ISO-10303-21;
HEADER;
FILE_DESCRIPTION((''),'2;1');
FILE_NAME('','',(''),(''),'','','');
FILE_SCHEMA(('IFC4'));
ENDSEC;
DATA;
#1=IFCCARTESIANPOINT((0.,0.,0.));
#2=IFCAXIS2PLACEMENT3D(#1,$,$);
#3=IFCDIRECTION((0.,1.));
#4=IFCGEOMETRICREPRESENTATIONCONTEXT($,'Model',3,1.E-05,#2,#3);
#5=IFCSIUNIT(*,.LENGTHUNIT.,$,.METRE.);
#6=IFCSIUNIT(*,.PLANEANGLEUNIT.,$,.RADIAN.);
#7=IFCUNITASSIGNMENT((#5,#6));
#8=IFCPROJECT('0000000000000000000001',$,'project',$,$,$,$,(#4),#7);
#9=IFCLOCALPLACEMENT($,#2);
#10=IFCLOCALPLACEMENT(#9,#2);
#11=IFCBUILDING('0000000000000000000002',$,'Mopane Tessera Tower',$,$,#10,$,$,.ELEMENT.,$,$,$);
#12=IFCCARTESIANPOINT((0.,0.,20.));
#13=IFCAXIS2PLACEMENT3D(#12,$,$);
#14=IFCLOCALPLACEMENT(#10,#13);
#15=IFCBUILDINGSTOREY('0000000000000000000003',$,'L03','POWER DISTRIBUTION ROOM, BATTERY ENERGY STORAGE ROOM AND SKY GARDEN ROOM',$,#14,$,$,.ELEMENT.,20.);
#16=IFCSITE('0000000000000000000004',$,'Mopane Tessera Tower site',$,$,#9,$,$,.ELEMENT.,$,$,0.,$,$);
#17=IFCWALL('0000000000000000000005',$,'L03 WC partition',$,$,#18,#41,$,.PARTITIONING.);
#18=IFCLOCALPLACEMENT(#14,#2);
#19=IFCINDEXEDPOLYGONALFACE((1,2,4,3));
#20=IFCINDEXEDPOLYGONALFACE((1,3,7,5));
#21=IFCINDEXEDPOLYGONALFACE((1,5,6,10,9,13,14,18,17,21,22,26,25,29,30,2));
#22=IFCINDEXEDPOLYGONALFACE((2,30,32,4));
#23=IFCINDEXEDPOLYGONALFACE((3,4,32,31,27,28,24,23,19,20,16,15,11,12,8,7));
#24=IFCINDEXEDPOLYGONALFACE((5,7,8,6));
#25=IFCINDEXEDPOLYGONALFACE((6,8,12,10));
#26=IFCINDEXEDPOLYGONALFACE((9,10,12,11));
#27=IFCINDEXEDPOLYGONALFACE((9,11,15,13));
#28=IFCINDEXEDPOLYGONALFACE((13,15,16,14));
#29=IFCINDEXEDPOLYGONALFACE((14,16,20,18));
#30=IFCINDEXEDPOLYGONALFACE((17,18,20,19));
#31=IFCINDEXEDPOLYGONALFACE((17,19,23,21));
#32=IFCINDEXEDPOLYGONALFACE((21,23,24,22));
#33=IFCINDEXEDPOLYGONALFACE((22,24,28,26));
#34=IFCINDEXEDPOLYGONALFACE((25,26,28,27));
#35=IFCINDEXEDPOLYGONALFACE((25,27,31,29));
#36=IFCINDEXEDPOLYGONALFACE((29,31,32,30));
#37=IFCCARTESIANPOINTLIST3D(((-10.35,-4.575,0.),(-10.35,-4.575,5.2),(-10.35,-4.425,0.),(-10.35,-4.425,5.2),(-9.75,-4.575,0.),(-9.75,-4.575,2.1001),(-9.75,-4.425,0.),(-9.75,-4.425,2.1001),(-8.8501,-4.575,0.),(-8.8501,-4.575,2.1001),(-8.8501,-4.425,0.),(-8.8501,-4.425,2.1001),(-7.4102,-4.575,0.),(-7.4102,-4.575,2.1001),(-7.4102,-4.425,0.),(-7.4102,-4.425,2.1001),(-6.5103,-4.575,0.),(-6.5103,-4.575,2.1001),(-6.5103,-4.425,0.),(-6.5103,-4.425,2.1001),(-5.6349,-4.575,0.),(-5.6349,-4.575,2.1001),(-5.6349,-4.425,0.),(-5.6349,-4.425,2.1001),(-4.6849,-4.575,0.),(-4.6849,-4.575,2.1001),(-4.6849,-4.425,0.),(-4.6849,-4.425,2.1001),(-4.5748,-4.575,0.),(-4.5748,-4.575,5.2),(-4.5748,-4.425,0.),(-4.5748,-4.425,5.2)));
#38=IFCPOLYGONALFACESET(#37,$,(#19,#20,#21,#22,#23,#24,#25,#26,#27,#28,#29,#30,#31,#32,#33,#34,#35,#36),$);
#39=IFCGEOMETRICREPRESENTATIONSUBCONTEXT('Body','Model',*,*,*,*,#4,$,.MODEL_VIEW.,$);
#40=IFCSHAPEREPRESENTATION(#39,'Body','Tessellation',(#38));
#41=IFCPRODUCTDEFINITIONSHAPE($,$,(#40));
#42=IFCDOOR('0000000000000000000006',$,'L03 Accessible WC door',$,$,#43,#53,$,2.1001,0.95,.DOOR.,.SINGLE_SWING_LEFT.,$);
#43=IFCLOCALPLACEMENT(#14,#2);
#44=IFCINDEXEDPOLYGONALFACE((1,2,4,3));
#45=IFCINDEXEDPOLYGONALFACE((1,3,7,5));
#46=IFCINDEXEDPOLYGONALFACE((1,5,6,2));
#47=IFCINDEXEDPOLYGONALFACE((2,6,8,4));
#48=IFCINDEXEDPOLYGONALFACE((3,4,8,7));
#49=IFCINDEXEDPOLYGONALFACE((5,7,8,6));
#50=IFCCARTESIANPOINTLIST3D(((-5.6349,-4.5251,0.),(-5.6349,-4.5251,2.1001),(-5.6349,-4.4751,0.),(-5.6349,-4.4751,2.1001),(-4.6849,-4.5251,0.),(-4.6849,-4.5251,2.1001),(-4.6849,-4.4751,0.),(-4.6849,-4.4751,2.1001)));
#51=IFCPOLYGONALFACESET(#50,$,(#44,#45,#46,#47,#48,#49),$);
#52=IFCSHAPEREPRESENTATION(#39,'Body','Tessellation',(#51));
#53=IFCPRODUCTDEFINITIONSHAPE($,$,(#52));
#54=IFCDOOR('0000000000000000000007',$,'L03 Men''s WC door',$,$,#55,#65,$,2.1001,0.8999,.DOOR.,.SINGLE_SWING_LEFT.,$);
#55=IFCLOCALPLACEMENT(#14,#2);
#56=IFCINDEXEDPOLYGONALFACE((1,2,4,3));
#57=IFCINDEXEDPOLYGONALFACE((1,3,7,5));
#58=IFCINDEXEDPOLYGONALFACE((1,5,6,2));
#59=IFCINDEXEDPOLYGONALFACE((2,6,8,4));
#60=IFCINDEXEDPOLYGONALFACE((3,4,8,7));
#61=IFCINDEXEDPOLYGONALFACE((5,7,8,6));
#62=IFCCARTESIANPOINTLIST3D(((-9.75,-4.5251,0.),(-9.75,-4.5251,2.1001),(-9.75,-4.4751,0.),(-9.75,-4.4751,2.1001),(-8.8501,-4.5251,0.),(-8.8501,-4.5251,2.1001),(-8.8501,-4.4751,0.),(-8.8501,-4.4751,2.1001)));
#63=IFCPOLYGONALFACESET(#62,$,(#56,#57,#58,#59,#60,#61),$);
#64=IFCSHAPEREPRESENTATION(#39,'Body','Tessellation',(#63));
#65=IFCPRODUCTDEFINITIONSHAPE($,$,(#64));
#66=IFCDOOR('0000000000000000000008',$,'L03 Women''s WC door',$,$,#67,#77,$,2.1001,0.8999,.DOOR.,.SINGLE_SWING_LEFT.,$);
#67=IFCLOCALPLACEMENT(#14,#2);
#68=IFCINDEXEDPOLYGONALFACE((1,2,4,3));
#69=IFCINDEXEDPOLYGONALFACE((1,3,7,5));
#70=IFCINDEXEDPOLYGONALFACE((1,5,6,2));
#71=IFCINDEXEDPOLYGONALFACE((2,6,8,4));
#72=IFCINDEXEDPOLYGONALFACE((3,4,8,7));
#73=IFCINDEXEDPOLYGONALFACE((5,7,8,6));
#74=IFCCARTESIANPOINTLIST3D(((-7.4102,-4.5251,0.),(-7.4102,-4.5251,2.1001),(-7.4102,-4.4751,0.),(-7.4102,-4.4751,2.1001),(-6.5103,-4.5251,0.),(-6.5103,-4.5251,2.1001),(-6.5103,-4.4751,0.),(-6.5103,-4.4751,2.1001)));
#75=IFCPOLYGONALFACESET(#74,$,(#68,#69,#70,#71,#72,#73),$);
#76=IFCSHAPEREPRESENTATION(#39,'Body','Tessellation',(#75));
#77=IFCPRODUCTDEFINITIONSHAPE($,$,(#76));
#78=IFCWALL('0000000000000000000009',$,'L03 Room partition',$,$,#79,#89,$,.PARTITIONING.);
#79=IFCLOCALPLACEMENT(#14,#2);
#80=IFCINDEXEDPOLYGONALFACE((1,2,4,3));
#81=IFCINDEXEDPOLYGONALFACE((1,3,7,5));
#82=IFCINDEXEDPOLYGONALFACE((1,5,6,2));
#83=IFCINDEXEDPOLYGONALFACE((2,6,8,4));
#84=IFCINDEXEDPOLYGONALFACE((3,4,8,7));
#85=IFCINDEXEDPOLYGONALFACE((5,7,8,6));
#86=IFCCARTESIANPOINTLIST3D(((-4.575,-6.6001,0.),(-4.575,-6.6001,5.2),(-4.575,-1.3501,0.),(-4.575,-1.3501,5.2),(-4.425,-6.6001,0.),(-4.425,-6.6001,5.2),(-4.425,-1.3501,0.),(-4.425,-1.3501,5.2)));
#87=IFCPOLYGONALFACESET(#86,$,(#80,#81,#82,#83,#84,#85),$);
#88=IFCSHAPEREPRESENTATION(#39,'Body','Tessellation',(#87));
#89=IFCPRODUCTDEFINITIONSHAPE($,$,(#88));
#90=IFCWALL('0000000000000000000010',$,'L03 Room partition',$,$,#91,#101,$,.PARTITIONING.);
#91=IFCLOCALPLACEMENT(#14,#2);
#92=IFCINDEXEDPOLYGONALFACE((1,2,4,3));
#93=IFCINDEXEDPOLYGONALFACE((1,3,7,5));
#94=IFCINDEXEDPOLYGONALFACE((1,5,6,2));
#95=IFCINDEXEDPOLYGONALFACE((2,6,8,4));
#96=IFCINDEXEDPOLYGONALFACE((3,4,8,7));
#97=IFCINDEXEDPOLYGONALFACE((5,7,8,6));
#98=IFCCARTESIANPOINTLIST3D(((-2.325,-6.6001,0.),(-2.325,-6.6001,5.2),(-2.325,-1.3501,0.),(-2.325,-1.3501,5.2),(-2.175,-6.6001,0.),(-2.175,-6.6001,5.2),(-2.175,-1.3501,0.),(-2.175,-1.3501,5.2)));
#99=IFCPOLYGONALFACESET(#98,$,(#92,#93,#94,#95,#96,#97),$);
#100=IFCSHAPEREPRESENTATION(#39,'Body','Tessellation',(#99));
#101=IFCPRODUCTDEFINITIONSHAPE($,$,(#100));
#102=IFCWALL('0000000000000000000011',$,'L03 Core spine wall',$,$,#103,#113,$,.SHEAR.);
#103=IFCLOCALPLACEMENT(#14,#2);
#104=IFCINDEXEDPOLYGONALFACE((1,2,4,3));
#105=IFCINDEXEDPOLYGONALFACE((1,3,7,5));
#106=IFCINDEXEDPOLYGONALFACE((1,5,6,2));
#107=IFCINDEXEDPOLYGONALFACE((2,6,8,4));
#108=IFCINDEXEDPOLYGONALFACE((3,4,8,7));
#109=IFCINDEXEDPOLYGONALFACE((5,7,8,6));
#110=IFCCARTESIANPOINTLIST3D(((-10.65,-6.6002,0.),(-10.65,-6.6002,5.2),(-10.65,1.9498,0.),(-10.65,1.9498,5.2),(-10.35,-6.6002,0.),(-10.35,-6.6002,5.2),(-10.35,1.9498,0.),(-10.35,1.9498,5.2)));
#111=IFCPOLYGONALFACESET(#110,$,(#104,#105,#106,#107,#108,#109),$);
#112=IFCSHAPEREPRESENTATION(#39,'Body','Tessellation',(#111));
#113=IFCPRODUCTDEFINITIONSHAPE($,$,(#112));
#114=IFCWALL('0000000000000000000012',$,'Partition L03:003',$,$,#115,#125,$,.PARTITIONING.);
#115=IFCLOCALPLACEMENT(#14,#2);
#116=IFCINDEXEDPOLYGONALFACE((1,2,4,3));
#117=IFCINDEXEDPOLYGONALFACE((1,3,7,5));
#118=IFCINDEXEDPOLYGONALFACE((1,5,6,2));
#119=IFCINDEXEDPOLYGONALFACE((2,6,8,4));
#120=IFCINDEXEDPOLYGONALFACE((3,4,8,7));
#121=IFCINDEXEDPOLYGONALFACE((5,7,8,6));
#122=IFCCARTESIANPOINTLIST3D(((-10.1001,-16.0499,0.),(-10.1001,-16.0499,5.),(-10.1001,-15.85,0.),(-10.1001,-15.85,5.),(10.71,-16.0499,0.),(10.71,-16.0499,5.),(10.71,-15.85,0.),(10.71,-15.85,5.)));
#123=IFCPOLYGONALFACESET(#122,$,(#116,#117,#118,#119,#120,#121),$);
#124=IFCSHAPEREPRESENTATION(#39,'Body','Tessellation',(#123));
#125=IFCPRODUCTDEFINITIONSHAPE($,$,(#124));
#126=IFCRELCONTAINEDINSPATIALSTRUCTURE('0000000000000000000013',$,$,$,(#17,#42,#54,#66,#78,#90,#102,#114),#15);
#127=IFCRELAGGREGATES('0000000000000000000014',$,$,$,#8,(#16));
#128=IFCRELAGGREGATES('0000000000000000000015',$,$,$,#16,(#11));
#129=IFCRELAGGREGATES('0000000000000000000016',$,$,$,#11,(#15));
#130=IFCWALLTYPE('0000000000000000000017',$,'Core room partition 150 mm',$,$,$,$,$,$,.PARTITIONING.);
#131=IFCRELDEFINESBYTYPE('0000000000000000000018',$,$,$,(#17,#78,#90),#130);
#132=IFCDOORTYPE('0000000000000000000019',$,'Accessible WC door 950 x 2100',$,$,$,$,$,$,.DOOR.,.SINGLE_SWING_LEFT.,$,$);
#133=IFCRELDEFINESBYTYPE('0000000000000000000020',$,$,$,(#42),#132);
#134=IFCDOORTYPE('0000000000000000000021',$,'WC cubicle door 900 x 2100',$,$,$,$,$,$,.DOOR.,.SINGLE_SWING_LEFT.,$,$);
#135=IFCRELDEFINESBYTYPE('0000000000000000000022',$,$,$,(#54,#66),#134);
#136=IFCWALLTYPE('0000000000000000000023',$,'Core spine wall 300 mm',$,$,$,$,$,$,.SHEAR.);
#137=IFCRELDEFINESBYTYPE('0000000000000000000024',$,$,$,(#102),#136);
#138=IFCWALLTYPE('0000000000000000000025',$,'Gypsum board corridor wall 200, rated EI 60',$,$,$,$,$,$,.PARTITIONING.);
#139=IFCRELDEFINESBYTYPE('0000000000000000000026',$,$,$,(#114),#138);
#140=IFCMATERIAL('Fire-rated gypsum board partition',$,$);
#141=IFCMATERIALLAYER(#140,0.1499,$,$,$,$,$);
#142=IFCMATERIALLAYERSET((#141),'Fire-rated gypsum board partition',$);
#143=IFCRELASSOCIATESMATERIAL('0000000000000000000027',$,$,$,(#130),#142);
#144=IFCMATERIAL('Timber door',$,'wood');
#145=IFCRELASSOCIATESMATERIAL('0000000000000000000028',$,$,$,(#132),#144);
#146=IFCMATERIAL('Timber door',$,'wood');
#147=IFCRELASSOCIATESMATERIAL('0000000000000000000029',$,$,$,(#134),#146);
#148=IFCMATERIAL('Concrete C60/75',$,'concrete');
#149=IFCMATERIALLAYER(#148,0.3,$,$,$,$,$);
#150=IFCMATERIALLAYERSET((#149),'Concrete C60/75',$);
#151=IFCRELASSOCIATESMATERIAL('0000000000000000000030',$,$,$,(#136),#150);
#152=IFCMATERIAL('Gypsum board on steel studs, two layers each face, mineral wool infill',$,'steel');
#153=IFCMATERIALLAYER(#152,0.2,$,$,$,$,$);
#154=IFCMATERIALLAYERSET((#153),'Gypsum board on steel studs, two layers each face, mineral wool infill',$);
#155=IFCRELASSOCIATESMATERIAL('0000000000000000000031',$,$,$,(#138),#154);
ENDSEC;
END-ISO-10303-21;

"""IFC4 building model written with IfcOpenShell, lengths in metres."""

from ifc_helpers import new_model, si_unit, direction, frame, frame_2d, origin, place, context, subcontext, project, spatial, rectangle, extrude, material, layer, layer_set, type_object, element, fill, save


model = new_model("IFC4")

# Units and contexts
model_context = context("Model", 3, precision=1e-05, world=origin(), true_north=direction((0.0, 1.0)))
body_context = subcontext(model_context, "Body", "Model", "MODEL_VIEW")
ifc_project = project(units=[si_unit("LENGTHUNIT", "METRE"), si_unit("PLANEANGLEUNIT", "RADIAN")], contexts=[model_context])

# Site, building, storey
site_placement = place(None, origin())
site = spatial("IfcSite", under=ifc_project, at=site_placement, Name="Mopane Tessera Tower site", CompositionType="ELEMENT", RefElevation=0.0)
building_placement = place(site_placement, origin())
building = spatial("IfcBuilding", under=site, at=building_placement, Name="Mopane Tessera Tower", CompositionType="ELEMENT")
storey_placement = place(building_placement, frame((0.0, 0.0, 20.0)))
storey = spatial("IfcBuildingStorey", under=building, at=storey_placement, Name="L03", Description="POWER DISTRIBUTION ROOM, BATTERY ENERGY STORAGE ROOM AND SKY GARDEN ROOM", CompositionType="ELEMENT", Elevation=20.0)

# Wall, openings, doors
ifc_material_1 = material(Name="Fire-rated gypsum board partition")
ifc_layer_1 = layer(ifc_material_1, 0.1499)
ifc_layer_set_1 = layer_set([ifc_layer_1], Name="Fire-rated gypsum board partition")
wall_type_1 = type_object("IfcWallType", Name="Core room partition 150 mm", PredefinedType="PARTITIONING", material=ifc_layer_set_1)
wall_1_placement = place(storey_placement, frame((-10.3501, -4.5, 0.0), z_axis=(0.0, 0.0, 1.0), x_axis=(1.0, 0.0, 0.0)))
wall_1 = element("IfcWall", 1, at=wall_1_placement, inside=storey, type_object=wall_type_1, Name="L03 WC partition", PredefinedType="PARTITIONING", context=body_context, shape_type="SweptSolid", body=[
    extrude(rectangle(XDim=5.7751, YDim=0.1499, at=frame_2d((2.8877, 0.0))), origin(), (0.0, 0.0, 1.0), 5.2),
])
opening_1_placement = place(wall_1_placement, frame((0.6001, 0.0, 0.0)))
opening_1 = element("IfcOpeningElement", 2, at=opening_1_placement, cuts=wall_1, PredefinedType="OPENING", context=body_context, shape_type="SweptSolid", body=[
    extrude(rectangle(XDim=0.8999, YDim=2.1001, at=frame_2d((0.45, 1.05))), frame((0.0, 0.0869, 0.0), z_axis=(0.0, -1.0, 0.0), x_axis=(1.0, 0.0, 0.0)), (0.0, 0.0, 1.0), 0.1738),
])
opening_2_placement = place(wall_1_placement, frame((2.9399, 0.0, 0.0)))
opening_2 = element("IfcOpeningElement", 3, at=opening_2_placement, cuts=wall_1, PredefinedType="OPENING", context=body_context, shape_type="SweptSolid", body=[
    extrude(rectangle(XDim=0.8999, YDim=2.1001, at=frame_2d((0.45, 1.05))), frame((0.0, 0.0869, 0.0), z_axis=(0.0, -1.0, 0.0), x_axis=(1.0, 0.0, 0.0)), (0.0, 0.0, 1.0), 0.1738),
])
opening_3_placement = place(wall_1_placement, frame((4.7151, 0.0, 0.0)))
opening_3 = element("IfcOpeningElement", 4, at=opening_3_placement, cuts=wall_1, PredefinedType="OPENING", context=body_context, shape_type="SweptSolid", body=[
    extrude(rectangle(XDim=0.95, YDim=2.1001, at=frame_2d((0.4751, 1.05))), frame((0.0, 0.0869, 0.0), z_axis=(0.0, -1.0, 0.0), x_axis=(1.0, 0.0, 0.0)), (0.0, 0.0, 1.0), 0.1738),
])
ifc_material_2 = material(Name="Timber door", Category="wood")
door_type_1 = type_object("IfcDoorType", Name="Accessible WC door 950 x 2100", OperationType="SINGLE_SWING_LEFT", PredefinedType="DOOR", material=ifc_material_2)
door_1_placement = place(opening_3_placement, origin())
door_1 = element("IfcDoor", 5, at=door_1_placement, inside=storey, type_object=door_type_1, Name="L03 Accessible WC door", OperationType="SINGLE_SWING_LEFT", OverallHeight=2.1001, OverallWidth=0.95, PredefinedType="DOOR", context=body_context, shape_type="SweptSolid", body=[
    extrude(rectangle(XDim=0.95, YDim=2.1001, at=frame_2d((0.4751, 1.05))), frame((0.0, 0.0249, 0.0), z_axis=(0.0, -1.0, 0.0), x_axis=(1.0, 0.0, 0.0)), (0.0, 0.0, 1.0), 0.05),
])
fill(opening_3, door_1)
ifc_material_3 = material(Name="Timber door", Category="wood")
door_type_2 = type_object("IfcDoorType", Name="WC cubicle door 900 x 2100", OperationType="SINGLE_SWING_LEFT", PredefinedType="DOOR", material=ifc_material_3)
door_2_placement = place(opening_1_placement, origin())
door_2 = element("IfcDoor", 6, at=door_2_placement, inside=storey, type_object=door_type_2, Name="L03 Men's WC door", OperationType="SINGLE_SWING_LEFT", OverallHeight=2.1001, OverallWidth=0.8999, PredefinedType="DOOR", context=body_context, shape_type="SweptSolid", body=[
    extrude(rectangle(XDim=0.8999, YDim=2.1001, at=frame_2d((0.45, 1.05))), frame((0.0, 0.0249, 0.0), z_axis=(0.0, -1.0, 0.0), x_axis=(1.0, 0.0, 0.0)), (0.0, 0.0, 1.0), 0.05),
])
fill(opening_1, door_2)
door_3_placement = place(opening_2_placement, origin())
door_3 = element("IfcDoor", 7, at=door_3_placement, inside=storey, type_object=door_type_2, Name="L03 Women's WC door", OperationType="SINGLE_SWING_LEFT", OverallHeight=2.1001, OverallWidth=0.8999, PredefinedType="DOOR", context=body_context, shape_type="SweptSolid", body=[
    extrude(rectangle(XDim=0.8999, YDim=2.1001, at=frame_2d((0.45, 1.05))), frame((0.0, 0.0249, 0.0), z_axis=(0.0, -1.0, 0.0), x_axis=(1.0, 0.0, 0.0)), (0.0, 0.0, 1.0), 0.05),
])
fill(opening_2, door_3)

# Walls
for number, where, z_axis, x_axis, name in (
    (8, (-4.5, -6.6001, 0.0), (0.0, 0.0, 1.0), (0.0, 1.0, 0.0), "L03 Room partition"),
    (9, (-2.25, -6.6001, 0.0), (0.0, 0.0, 1.0), (0.0, 1.0, 0.0), "L03 Room partition"),
):
    element("IfcWall", number, at=place(storey_placement, frame(where, z_axis=z_axis, x_axis=x_axis)), inside=storey, type_object=wall_type_1, Name=name, PredefinedType="PARTITIONING", context=body_context, shape_type="SweptSolid", body=[
        extrude(rectangle(XDim=5.25, YDim=0.1499, at=frame_2d((2.625, 0.0))), origin(), (0.0, 0.0, 1.0), 5.2),
    ])
ifc_material_4 = material(Name="Concrete C60/75", Category="concrete")
ifc_layer_2 = layer(ifc_material_4, 0.3)
ifc_layer_set_2 = layer_set([ifc_layer_2], Name="Concrete C60/75")
wall_type_2 = type_object("IfcWallType", Name="Core spine wall 300 mm", PredefinedType="SHEAR", material=ifc_layer_set_2)
wall_2_placement = place(storey_placement, frame((-10.5, -6.6001, 0.0), z_axis=(0.0, 0.0, 1.0), x_axis=(0.0, 1.0, 0.0)))
element("IfcWall", 10, at=wall_2_placement, inside=storey, type_object=wall_type_2, Name="L03 Core spine wall", PredefinedType="SHEAR", context=body_context, shape_type="SweptSolid", body=[
    extrude(rectangle(XDim=8.55, YDim=0.3, at=frame_2d((4.2749, 0.0))), origin(), (0.0, 0.0, 1.0), 5.2),
])
ifc_material_5 = material(Name="Gypsum board on steel studs, two layers each face, mineral wool infill", Category="steel")
ifc_layer_3 = layer(ifc_material_5, 0.2)
ifc_layer_set_3 = layer_set([ifc_layer_3], Name="Gypsum board on steel studs, two layers each face, mineral wool infill")
wall_type_3 = type_object("IfcWallType", Name="Gypsum board corridor wall 200, rated EI 60", PredefinedType="PARTITIONING", material=ifc_layer_set_3)
wall_3_placement = place(storey_placement, frame((-10.1001, -15.95, 0.0), z_axis=(0.0, 0.0, 1.0), x_axis=(1.0, 0.0, 0.0)))
element("IfcWall", 11, at=wall_3_placement, inside=storey, type_object=wall_type_3, Name="Partition L03:003", PredefinedType="PARTITIONING", context=body_context, shape_type="SweptSolid", body=[
    extrude(rectangle(XDim=20.8101, YDim=0.2, at=frame_2d((10.405, 0.0))), origin(), (0.0, 0.0, 1.0), 5.0),
])

save(model, "model.ifc")
